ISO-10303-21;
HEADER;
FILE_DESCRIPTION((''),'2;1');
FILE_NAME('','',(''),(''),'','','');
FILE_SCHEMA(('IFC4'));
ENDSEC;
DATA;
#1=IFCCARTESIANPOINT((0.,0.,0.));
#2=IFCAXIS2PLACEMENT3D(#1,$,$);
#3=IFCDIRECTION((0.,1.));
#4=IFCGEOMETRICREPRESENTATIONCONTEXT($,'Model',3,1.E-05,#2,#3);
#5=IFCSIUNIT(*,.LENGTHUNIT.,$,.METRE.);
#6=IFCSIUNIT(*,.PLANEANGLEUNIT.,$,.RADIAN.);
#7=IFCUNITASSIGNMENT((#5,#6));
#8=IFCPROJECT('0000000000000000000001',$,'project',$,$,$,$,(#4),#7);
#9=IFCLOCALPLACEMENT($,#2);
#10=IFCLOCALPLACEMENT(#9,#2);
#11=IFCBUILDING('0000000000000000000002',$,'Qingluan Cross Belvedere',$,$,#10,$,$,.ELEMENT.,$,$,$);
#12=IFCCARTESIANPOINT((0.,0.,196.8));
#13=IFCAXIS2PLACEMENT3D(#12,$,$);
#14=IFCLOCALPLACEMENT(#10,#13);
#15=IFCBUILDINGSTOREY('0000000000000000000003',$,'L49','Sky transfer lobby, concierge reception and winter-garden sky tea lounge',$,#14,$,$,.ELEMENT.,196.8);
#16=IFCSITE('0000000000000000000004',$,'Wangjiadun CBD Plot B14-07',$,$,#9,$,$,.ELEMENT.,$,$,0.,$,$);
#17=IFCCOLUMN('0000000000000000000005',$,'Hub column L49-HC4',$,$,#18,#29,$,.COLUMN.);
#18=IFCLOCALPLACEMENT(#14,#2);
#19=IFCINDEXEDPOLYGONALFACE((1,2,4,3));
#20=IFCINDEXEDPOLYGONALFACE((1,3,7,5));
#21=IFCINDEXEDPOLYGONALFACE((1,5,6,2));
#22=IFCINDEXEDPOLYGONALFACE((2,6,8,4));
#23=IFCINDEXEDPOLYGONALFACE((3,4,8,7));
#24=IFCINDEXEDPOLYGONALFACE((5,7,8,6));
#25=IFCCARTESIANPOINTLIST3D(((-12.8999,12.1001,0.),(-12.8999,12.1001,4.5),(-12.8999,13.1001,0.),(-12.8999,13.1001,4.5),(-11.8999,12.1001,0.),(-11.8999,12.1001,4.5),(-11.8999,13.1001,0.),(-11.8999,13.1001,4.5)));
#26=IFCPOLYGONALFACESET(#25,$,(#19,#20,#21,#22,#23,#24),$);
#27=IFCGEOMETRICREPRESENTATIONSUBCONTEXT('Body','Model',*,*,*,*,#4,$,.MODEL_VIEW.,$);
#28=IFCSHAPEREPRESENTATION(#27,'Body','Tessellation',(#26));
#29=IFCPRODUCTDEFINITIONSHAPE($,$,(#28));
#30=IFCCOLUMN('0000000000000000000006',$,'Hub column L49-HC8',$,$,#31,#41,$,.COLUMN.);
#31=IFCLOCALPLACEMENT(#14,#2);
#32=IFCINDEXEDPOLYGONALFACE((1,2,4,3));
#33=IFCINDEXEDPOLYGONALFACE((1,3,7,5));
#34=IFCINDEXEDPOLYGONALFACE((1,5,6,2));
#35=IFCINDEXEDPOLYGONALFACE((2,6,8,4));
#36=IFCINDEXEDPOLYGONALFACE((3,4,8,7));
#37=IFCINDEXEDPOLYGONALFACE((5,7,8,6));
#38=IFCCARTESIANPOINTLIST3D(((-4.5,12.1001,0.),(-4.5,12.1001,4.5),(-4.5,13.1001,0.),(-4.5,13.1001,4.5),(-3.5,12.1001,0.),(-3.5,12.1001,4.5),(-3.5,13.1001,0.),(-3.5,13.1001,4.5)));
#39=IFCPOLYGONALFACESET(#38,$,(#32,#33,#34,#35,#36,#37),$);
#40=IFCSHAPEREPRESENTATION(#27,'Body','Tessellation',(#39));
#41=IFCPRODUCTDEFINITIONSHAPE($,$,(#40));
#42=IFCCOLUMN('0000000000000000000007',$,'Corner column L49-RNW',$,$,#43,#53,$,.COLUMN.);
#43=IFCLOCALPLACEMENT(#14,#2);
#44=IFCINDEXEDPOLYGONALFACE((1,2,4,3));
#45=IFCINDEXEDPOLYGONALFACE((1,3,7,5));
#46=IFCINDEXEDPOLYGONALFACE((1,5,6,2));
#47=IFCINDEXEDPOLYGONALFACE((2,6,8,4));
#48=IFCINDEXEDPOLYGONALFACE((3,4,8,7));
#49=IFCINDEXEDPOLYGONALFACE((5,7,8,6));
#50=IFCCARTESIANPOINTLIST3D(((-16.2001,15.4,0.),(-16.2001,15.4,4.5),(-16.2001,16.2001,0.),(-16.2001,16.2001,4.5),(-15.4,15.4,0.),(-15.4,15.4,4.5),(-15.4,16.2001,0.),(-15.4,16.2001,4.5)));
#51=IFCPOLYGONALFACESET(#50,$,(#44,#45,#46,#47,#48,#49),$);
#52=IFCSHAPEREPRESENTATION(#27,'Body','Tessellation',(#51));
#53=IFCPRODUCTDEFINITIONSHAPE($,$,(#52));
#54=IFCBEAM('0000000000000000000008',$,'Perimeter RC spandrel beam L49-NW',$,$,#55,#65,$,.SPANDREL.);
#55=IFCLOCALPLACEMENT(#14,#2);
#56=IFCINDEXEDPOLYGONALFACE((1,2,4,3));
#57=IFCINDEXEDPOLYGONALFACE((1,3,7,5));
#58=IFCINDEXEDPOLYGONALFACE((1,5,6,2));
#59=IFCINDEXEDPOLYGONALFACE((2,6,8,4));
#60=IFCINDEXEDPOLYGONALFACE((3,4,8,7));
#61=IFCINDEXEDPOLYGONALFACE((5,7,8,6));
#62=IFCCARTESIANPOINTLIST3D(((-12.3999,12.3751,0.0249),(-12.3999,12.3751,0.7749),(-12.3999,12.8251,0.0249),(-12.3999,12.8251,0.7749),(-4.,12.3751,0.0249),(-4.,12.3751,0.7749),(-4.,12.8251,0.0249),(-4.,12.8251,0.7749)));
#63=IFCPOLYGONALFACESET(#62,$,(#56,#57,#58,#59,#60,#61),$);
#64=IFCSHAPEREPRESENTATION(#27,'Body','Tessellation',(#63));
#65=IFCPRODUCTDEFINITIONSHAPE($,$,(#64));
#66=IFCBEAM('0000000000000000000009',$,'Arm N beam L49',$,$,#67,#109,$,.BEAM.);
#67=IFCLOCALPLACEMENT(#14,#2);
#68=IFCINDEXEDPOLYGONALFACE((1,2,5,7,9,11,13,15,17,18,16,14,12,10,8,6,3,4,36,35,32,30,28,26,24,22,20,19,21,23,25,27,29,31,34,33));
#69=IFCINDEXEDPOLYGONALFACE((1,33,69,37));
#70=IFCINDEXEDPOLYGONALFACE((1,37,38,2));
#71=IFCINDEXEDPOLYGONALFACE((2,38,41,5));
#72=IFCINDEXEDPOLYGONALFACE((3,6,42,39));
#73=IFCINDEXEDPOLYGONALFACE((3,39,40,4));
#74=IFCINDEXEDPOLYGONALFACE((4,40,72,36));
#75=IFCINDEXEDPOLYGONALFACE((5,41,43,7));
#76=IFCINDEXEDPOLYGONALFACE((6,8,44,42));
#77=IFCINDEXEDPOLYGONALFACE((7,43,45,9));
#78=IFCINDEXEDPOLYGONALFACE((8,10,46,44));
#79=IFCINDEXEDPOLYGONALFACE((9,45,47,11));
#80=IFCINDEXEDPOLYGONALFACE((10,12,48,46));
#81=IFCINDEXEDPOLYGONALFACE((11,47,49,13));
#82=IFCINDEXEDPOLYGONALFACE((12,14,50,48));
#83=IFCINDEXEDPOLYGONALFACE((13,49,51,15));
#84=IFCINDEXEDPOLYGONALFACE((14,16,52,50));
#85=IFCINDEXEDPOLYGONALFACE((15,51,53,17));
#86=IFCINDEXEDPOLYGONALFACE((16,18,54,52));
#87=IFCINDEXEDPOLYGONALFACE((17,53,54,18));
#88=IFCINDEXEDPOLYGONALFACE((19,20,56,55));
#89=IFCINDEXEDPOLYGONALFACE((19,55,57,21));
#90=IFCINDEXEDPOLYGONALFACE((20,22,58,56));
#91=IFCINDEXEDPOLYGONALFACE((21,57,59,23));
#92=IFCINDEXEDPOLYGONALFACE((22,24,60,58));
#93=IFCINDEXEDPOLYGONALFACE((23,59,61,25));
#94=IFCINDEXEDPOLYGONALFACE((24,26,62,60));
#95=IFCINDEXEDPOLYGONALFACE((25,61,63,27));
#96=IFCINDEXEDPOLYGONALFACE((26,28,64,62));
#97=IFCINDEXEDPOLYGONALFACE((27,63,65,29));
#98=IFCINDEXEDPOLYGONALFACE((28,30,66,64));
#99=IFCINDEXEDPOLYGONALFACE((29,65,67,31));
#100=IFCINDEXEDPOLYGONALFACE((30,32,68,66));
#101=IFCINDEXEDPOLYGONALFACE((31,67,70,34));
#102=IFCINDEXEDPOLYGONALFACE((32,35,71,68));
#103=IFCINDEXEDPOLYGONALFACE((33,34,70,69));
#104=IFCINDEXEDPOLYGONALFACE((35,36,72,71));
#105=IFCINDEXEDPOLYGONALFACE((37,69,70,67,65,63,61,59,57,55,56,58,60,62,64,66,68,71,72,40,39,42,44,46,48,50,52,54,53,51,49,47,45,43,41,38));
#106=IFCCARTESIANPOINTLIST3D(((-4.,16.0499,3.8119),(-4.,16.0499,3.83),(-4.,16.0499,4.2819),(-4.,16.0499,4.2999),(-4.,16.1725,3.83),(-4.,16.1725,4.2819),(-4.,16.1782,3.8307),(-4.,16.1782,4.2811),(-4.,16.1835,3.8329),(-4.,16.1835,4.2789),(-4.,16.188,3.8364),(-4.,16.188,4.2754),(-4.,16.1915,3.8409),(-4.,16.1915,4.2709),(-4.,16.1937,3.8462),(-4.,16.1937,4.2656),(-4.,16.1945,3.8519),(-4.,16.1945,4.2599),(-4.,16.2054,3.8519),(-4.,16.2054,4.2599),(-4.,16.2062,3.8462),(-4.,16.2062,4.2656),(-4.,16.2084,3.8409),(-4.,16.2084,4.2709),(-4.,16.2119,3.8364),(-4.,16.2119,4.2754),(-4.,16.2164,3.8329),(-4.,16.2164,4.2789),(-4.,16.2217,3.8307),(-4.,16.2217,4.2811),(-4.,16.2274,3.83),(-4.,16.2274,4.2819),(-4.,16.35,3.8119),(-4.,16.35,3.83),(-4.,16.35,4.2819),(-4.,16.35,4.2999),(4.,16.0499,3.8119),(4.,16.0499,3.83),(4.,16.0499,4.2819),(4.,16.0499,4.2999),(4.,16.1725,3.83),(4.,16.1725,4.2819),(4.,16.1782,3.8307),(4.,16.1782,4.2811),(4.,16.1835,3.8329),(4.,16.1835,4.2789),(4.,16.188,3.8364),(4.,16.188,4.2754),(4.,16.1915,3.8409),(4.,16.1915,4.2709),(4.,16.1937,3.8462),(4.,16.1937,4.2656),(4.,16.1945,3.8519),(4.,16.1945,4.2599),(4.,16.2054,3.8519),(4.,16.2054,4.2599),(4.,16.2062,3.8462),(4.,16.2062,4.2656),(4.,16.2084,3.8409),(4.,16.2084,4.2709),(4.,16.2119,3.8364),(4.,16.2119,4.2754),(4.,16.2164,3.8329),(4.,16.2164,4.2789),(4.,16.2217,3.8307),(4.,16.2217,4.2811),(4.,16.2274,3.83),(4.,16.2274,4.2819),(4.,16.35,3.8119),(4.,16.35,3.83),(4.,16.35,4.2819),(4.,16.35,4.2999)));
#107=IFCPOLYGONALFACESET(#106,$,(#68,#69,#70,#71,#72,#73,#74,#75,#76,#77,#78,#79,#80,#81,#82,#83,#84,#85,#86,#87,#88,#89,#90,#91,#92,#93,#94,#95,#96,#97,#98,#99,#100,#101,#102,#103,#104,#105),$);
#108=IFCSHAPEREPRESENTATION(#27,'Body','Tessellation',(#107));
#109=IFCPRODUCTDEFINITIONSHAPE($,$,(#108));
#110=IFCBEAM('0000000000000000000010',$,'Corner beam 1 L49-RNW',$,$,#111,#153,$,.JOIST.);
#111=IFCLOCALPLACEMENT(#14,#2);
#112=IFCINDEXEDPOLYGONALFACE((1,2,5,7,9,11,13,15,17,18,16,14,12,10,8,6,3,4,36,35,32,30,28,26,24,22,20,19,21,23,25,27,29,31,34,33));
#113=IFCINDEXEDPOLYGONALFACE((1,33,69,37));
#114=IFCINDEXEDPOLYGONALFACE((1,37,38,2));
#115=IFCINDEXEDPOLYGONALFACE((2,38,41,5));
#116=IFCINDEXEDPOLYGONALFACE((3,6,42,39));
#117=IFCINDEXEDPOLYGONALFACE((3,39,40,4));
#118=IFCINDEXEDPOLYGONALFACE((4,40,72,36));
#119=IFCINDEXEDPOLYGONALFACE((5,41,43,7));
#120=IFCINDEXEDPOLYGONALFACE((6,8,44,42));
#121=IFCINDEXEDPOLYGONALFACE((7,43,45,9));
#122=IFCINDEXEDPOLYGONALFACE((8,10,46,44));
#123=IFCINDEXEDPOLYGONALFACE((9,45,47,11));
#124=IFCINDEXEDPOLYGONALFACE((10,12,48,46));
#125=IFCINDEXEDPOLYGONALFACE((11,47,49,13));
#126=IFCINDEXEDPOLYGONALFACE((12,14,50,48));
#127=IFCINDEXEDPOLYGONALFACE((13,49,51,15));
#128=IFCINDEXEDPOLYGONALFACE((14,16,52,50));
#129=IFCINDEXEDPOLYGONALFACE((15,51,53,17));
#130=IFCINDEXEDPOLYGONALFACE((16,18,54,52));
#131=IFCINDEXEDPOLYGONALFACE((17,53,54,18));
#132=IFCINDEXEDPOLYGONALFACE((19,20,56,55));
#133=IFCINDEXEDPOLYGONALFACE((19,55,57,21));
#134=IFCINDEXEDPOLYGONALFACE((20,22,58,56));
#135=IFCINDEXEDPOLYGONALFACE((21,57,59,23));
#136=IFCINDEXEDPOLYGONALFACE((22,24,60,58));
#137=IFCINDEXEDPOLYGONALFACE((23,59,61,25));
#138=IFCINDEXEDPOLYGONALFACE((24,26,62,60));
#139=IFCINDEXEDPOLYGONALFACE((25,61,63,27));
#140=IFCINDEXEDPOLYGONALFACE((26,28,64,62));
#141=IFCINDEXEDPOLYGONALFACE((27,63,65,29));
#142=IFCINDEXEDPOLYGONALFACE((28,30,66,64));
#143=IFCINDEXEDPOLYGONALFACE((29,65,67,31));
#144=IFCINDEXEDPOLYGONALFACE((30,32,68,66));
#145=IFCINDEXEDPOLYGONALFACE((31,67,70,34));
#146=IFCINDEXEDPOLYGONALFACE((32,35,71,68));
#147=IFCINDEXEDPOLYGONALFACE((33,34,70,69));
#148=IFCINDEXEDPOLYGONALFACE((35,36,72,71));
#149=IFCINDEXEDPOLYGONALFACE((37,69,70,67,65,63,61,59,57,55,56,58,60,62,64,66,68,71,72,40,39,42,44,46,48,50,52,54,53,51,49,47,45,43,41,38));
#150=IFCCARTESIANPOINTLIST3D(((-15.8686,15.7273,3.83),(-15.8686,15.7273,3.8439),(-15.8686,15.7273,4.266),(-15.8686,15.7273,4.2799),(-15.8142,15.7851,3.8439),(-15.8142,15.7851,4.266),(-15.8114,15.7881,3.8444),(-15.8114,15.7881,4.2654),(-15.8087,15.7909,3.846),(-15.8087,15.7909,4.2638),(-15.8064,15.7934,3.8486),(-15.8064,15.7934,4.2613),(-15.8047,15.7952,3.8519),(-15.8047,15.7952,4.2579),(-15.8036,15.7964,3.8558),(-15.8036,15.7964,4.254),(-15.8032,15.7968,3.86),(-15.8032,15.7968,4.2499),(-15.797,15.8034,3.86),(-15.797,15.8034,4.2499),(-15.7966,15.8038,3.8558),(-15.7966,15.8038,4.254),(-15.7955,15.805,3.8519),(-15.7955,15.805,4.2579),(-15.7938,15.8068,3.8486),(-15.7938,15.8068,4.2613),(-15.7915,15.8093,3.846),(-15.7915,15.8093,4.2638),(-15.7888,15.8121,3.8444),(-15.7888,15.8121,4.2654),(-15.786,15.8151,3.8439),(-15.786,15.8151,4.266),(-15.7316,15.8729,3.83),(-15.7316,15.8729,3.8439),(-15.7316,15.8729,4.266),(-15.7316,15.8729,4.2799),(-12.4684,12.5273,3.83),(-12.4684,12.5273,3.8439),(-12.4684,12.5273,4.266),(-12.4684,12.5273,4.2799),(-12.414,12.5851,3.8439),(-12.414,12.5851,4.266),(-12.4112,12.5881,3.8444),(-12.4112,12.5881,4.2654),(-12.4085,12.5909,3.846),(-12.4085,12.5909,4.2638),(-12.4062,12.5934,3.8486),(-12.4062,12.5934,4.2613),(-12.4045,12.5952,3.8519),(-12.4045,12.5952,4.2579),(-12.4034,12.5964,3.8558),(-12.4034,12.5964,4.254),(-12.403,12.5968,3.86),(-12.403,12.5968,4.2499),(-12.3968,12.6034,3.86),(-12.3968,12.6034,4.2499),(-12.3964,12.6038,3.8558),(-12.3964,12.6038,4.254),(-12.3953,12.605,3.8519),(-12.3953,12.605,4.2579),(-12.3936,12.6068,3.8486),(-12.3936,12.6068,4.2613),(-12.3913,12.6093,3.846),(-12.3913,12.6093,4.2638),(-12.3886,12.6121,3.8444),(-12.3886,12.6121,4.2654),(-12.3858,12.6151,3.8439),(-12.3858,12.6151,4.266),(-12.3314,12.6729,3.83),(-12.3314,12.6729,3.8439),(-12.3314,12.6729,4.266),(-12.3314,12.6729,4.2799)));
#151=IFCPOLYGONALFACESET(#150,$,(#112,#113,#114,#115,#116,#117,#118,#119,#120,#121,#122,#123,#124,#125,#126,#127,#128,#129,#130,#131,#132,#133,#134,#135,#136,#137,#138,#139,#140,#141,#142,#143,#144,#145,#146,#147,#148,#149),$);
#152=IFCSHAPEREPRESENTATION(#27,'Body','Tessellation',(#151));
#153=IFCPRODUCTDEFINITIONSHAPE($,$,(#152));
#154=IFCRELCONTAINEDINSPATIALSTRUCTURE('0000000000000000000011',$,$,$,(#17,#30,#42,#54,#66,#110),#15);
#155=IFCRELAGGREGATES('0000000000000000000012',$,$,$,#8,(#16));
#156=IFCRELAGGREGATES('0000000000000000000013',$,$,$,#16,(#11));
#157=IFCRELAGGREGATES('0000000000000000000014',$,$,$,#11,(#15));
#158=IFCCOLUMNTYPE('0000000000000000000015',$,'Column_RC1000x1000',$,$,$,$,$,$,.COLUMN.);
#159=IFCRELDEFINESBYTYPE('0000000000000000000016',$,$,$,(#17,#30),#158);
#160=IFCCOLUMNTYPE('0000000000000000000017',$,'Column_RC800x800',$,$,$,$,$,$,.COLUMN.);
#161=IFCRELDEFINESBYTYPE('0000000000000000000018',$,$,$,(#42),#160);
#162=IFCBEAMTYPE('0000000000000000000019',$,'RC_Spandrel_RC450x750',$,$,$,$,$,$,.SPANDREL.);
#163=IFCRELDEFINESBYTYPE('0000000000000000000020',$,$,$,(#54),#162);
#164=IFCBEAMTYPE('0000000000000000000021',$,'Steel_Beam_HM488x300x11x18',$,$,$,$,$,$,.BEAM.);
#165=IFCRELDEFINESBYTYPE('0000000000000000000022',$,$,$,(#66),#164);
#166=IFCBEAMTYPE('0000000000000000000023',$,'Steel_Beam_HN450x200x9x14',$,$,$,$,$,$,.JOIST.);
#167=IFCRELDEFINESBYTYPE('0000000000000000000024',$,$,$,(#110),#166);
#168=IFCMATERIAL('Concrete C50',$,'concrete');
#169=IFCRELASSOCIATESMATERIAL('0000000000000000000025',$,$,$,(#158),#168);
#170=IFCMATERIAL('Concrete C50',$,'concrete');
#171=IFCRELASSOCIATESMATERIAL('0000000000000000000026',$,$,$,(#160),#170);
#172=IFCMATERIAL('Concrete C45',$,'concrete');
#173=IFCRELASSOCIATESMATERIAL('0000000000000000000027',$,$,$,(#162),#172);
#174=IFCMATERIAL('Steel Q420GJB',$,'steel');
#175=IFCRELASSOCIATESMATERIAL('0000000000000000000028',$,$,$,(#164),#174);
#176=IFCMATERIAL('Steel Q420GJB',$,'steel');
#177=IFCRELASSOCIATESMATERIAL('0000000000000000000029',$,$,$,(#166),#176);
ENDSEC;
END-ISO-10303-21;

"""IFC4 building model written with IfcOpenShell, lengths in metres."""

from ifc_helpers import new_model, si_unit, direction, frame, origin, origin_2d, place, context, subcontext, project, spatial, rectangle, i_section, extrude, material, material_profile, profile_set, type_object, element, save


model = new_model("IFC4")

# Units and contexts
model_context = context("Model", 3, precision=1e-05, world=origin(), true_north=direction((0.0, 1.0)))
body_context = subcontext(model_context, "Body", "Model", "MODEL_VIEW")
ifc_project = project(units=[si_unit("LENGTHUNIT", "METRE"), si_unit("PLANEANGLEUNIT", "RADIAN")], contexts=[model_context])

# Site, building, storey
site_placement = place(None, origin())
site = spatial("IfcSite", under=ifc_project, at=site_placement, Name="Wangjiadun CBD Plot B14-07", CompositionType="ELEMENT", RefElevation=0.0)
building_placement = place(site_placement, origin())
building = spatial("IfcBuilding", under=site, at=building_placement, Name="Qingluan Cross Belvedere", CompositionType="ELEMENT")
storey_placement = place(building_placement, frame((0.0, 0.0, 196.8)))
storey = spatial("IfcBuildingStorey", under=building, at=storey_placement, Name="L49", Description="Sky transfer lobby, concierge reception and winter-garden sky tea lounge", CompositionType="ELEMENT", Elevation=196.8)

# Columns
ifc_material_1 = material(Name="Concrete C50", Category="concrete")
ifc_material_profile_1 = material_profile(ifc_material_1, rectangle(XDim=1.0, YDim=1.0, at=origin_2d()), Name="RC1000x1000")
ifc_profile_set_1 = profile_set([ifc_material_profile_1], Name="Concrete C50")
column_type_1 = type_object("IfcColumnType", Name="Column_RC1000x1000", PredefinedType="COLUMN", material=ifc_profile_set_1)
for number, where, z_axis, x_axis, name in (
    (1, (-12.3999, 12.6001, 0.0), (0.0, 0.0, 1.0), (1.0, 0.0, 0.0), "Hub column L49-HC4"),
    (2, (-4.0, 12.6001, 0.0), (0.0, 0.0, 1.0), (1.0, 0.0, 0.0), "Hub column L49-HC8"),
):
    element("IfcColumn", number, at=place(storey_placement, frame(where, z_axis=z_axis, x_axis=x_axis)), inside=storey, type_object=column_type_1, Name=name, PredefinedType="COLUMN", context=body_context, shape_type="SweptSolid", body=[
        extrude(rectangle(XDim=1.0, YDim=1.0, at=origin_2d()), origin(), (0.0, 0.0, 1.0), 4.5),
    ])
ifc_material_2 = material(Name="Concrete C50", Category="concrete")
ifc_material_profile_2 = material_profile(ifc_material_2, rectangle(XDim=0.8, YDim=0.8, at=origin_2d()), Name="RC800x800")
ifc_profile_set_2 = profile_set([ifc_material_profile_2], Name="Concrete C50")
column_type_2 = type_object("IfcColumnType", Name="Column_RC800x800", PredefinedType="COLUMN", material=ifc_profile_set_2)
column_placement = place(storey_placement, frame((-15.8, 15.8, 0.0), z_axis=(0.0, 0.0, 1.0), x_axis=(1.0, 0.0, 0.0)))
element("IfcColumn", 3, at=column_placement, inside=storey, type_object=column_type_2, Name="Corner column L49-RNW", PredefinedType="COLUMN", context=body_context, shape_type="SweptSolid", body=[
    extrude(rectangle(XDim=0.8, YDim=0.8, at=origin_2d()), origin(), (0.0, 0.0, 1.0), 4.5),
])

# Beams
ifc_material_3 = material(Name="Concrete C45", Category="concrete")
ifc_material_profile_3 = material_profile(ifc_material_3, rectangle(XDim=0.45, YDim=0.75, at=origin_2d()), Name="RC450x750")
ifc_profile_set_3 = profile_set([ifc_material_profile_3], Name="Concrete C45")
beam_type_1 = type_object("IfcBeamType", Name="RC_Spandrel_RC450x750", PredefinedType="SPANDREL", material=ifc_profile_set_3)
beam_1_placement = place(storey_placement, frame((-12.3999, 12.6001, 0.3999), z_axis=(1.0, 0.0, 0.0), x_axis=(0.0, 1.0, 0.0)))
element("IfcBeam", 4, at=beam_1_placement, inside=storey, type_object=beam_type_1, Name="Perimeter RC spandrel beam L49-NW", PredefinedType="SPANDREL", context=body_context, shape_type="SweptSolid", body=[
    extrude(rectangle(XDim=0.45, YDim=0.75, at=origin_2d()), origin(), (0.0, 0.0, 1.0), 8.3999),
])
ifc_material_4 = material(Name="Steel Q420GJB", Category="steel")
ifc_material_profile_4 = material_profile(ifc_material_4, i_section(OverallWidth=0.3, OverallDepth=0.488, WebThickness=0.011, FlangeThickness=0.0181, FilletRadius=0.022, at=origin_2d()), Name="HM488x300x11x18")
ifc_profile_set_4 = profile_set([ifc_material_profile_4], Name="Steel Q420GJB")
beam_type_2 = type_object("IfcBeamType", Name="Steel_Beam_HM488x300x11x18", PredefinedType="BEAM", material=ifc_profile_set_4)
beam_2_placement = place(storey_placement, frame((-4.0, 16.2, 4.0559), z_axis=(1.0, 0.0, 0.0), x_axis=(0.0, 1.0, 0.0)))
element("IfcBeam", 5, at=beam_2_placement, inside=storey, type_object=beam_type_2, Name="Arm N beam L49", PredefinedType="BEAM", context=body_context, shape_type="SweptSolid", body=[
    extrude(i_section(OverallWidth=0.3, OverallDepth=0.488, WebThickness=0.011, FlangeThickness=0.0181, FilletRadius=0.022, at=origin_2d()), origin(), (0.0, 0.0, 1.0), 8.0),
])
ifc_material_5 = material(Name="Steel Q420GJB", Category="steel")
ifc_material_profile_5 = material_profile(ifc_material_5, i_section(OverallWidth=0.2, OverallDepth=0.45, WebThickness=0.009, FlangeThickness=0.0139, FilletRadius=0.0161, at=origin_2d()), Name="HN450x200x9x14")
ifc_profile_set_5 = profile_set([ifc_material_profile_5], Name="Steel Q420GJB")
beam_type_3 = type_object("IfcBeamType", Name="Steel_Beam_HN450x200x9x14", PredefinedType="JOIST", material=ifc_profile_set_5)
beam_3_placement = place(storey_placement, frame((-12.3999, 12.6001, 4.0549), z_axis=(-0.72822, 0.685343, 0.0), x_axis=(-0.685343, -0.72822, 0.0)))
element("IfcBeam", 6, at=beam_3_placement, inside=storey, type_object=beam_type_3, Name="Corner beam 1 L49-RNW", PredefinedType="JOIST", context=body_context, shape_type="SweptSolid", body=[
    extrude(i_section(OverallWidth=0.2, OverallDepth=0.45, WebThickness=0.009, FlangeThickness=0.0139, FilletRadius=0.0161, at=origin_2d()), origin(), (0.0, 0.0, 1.0), 4.6692),
])

save(model, "model.ifc")
